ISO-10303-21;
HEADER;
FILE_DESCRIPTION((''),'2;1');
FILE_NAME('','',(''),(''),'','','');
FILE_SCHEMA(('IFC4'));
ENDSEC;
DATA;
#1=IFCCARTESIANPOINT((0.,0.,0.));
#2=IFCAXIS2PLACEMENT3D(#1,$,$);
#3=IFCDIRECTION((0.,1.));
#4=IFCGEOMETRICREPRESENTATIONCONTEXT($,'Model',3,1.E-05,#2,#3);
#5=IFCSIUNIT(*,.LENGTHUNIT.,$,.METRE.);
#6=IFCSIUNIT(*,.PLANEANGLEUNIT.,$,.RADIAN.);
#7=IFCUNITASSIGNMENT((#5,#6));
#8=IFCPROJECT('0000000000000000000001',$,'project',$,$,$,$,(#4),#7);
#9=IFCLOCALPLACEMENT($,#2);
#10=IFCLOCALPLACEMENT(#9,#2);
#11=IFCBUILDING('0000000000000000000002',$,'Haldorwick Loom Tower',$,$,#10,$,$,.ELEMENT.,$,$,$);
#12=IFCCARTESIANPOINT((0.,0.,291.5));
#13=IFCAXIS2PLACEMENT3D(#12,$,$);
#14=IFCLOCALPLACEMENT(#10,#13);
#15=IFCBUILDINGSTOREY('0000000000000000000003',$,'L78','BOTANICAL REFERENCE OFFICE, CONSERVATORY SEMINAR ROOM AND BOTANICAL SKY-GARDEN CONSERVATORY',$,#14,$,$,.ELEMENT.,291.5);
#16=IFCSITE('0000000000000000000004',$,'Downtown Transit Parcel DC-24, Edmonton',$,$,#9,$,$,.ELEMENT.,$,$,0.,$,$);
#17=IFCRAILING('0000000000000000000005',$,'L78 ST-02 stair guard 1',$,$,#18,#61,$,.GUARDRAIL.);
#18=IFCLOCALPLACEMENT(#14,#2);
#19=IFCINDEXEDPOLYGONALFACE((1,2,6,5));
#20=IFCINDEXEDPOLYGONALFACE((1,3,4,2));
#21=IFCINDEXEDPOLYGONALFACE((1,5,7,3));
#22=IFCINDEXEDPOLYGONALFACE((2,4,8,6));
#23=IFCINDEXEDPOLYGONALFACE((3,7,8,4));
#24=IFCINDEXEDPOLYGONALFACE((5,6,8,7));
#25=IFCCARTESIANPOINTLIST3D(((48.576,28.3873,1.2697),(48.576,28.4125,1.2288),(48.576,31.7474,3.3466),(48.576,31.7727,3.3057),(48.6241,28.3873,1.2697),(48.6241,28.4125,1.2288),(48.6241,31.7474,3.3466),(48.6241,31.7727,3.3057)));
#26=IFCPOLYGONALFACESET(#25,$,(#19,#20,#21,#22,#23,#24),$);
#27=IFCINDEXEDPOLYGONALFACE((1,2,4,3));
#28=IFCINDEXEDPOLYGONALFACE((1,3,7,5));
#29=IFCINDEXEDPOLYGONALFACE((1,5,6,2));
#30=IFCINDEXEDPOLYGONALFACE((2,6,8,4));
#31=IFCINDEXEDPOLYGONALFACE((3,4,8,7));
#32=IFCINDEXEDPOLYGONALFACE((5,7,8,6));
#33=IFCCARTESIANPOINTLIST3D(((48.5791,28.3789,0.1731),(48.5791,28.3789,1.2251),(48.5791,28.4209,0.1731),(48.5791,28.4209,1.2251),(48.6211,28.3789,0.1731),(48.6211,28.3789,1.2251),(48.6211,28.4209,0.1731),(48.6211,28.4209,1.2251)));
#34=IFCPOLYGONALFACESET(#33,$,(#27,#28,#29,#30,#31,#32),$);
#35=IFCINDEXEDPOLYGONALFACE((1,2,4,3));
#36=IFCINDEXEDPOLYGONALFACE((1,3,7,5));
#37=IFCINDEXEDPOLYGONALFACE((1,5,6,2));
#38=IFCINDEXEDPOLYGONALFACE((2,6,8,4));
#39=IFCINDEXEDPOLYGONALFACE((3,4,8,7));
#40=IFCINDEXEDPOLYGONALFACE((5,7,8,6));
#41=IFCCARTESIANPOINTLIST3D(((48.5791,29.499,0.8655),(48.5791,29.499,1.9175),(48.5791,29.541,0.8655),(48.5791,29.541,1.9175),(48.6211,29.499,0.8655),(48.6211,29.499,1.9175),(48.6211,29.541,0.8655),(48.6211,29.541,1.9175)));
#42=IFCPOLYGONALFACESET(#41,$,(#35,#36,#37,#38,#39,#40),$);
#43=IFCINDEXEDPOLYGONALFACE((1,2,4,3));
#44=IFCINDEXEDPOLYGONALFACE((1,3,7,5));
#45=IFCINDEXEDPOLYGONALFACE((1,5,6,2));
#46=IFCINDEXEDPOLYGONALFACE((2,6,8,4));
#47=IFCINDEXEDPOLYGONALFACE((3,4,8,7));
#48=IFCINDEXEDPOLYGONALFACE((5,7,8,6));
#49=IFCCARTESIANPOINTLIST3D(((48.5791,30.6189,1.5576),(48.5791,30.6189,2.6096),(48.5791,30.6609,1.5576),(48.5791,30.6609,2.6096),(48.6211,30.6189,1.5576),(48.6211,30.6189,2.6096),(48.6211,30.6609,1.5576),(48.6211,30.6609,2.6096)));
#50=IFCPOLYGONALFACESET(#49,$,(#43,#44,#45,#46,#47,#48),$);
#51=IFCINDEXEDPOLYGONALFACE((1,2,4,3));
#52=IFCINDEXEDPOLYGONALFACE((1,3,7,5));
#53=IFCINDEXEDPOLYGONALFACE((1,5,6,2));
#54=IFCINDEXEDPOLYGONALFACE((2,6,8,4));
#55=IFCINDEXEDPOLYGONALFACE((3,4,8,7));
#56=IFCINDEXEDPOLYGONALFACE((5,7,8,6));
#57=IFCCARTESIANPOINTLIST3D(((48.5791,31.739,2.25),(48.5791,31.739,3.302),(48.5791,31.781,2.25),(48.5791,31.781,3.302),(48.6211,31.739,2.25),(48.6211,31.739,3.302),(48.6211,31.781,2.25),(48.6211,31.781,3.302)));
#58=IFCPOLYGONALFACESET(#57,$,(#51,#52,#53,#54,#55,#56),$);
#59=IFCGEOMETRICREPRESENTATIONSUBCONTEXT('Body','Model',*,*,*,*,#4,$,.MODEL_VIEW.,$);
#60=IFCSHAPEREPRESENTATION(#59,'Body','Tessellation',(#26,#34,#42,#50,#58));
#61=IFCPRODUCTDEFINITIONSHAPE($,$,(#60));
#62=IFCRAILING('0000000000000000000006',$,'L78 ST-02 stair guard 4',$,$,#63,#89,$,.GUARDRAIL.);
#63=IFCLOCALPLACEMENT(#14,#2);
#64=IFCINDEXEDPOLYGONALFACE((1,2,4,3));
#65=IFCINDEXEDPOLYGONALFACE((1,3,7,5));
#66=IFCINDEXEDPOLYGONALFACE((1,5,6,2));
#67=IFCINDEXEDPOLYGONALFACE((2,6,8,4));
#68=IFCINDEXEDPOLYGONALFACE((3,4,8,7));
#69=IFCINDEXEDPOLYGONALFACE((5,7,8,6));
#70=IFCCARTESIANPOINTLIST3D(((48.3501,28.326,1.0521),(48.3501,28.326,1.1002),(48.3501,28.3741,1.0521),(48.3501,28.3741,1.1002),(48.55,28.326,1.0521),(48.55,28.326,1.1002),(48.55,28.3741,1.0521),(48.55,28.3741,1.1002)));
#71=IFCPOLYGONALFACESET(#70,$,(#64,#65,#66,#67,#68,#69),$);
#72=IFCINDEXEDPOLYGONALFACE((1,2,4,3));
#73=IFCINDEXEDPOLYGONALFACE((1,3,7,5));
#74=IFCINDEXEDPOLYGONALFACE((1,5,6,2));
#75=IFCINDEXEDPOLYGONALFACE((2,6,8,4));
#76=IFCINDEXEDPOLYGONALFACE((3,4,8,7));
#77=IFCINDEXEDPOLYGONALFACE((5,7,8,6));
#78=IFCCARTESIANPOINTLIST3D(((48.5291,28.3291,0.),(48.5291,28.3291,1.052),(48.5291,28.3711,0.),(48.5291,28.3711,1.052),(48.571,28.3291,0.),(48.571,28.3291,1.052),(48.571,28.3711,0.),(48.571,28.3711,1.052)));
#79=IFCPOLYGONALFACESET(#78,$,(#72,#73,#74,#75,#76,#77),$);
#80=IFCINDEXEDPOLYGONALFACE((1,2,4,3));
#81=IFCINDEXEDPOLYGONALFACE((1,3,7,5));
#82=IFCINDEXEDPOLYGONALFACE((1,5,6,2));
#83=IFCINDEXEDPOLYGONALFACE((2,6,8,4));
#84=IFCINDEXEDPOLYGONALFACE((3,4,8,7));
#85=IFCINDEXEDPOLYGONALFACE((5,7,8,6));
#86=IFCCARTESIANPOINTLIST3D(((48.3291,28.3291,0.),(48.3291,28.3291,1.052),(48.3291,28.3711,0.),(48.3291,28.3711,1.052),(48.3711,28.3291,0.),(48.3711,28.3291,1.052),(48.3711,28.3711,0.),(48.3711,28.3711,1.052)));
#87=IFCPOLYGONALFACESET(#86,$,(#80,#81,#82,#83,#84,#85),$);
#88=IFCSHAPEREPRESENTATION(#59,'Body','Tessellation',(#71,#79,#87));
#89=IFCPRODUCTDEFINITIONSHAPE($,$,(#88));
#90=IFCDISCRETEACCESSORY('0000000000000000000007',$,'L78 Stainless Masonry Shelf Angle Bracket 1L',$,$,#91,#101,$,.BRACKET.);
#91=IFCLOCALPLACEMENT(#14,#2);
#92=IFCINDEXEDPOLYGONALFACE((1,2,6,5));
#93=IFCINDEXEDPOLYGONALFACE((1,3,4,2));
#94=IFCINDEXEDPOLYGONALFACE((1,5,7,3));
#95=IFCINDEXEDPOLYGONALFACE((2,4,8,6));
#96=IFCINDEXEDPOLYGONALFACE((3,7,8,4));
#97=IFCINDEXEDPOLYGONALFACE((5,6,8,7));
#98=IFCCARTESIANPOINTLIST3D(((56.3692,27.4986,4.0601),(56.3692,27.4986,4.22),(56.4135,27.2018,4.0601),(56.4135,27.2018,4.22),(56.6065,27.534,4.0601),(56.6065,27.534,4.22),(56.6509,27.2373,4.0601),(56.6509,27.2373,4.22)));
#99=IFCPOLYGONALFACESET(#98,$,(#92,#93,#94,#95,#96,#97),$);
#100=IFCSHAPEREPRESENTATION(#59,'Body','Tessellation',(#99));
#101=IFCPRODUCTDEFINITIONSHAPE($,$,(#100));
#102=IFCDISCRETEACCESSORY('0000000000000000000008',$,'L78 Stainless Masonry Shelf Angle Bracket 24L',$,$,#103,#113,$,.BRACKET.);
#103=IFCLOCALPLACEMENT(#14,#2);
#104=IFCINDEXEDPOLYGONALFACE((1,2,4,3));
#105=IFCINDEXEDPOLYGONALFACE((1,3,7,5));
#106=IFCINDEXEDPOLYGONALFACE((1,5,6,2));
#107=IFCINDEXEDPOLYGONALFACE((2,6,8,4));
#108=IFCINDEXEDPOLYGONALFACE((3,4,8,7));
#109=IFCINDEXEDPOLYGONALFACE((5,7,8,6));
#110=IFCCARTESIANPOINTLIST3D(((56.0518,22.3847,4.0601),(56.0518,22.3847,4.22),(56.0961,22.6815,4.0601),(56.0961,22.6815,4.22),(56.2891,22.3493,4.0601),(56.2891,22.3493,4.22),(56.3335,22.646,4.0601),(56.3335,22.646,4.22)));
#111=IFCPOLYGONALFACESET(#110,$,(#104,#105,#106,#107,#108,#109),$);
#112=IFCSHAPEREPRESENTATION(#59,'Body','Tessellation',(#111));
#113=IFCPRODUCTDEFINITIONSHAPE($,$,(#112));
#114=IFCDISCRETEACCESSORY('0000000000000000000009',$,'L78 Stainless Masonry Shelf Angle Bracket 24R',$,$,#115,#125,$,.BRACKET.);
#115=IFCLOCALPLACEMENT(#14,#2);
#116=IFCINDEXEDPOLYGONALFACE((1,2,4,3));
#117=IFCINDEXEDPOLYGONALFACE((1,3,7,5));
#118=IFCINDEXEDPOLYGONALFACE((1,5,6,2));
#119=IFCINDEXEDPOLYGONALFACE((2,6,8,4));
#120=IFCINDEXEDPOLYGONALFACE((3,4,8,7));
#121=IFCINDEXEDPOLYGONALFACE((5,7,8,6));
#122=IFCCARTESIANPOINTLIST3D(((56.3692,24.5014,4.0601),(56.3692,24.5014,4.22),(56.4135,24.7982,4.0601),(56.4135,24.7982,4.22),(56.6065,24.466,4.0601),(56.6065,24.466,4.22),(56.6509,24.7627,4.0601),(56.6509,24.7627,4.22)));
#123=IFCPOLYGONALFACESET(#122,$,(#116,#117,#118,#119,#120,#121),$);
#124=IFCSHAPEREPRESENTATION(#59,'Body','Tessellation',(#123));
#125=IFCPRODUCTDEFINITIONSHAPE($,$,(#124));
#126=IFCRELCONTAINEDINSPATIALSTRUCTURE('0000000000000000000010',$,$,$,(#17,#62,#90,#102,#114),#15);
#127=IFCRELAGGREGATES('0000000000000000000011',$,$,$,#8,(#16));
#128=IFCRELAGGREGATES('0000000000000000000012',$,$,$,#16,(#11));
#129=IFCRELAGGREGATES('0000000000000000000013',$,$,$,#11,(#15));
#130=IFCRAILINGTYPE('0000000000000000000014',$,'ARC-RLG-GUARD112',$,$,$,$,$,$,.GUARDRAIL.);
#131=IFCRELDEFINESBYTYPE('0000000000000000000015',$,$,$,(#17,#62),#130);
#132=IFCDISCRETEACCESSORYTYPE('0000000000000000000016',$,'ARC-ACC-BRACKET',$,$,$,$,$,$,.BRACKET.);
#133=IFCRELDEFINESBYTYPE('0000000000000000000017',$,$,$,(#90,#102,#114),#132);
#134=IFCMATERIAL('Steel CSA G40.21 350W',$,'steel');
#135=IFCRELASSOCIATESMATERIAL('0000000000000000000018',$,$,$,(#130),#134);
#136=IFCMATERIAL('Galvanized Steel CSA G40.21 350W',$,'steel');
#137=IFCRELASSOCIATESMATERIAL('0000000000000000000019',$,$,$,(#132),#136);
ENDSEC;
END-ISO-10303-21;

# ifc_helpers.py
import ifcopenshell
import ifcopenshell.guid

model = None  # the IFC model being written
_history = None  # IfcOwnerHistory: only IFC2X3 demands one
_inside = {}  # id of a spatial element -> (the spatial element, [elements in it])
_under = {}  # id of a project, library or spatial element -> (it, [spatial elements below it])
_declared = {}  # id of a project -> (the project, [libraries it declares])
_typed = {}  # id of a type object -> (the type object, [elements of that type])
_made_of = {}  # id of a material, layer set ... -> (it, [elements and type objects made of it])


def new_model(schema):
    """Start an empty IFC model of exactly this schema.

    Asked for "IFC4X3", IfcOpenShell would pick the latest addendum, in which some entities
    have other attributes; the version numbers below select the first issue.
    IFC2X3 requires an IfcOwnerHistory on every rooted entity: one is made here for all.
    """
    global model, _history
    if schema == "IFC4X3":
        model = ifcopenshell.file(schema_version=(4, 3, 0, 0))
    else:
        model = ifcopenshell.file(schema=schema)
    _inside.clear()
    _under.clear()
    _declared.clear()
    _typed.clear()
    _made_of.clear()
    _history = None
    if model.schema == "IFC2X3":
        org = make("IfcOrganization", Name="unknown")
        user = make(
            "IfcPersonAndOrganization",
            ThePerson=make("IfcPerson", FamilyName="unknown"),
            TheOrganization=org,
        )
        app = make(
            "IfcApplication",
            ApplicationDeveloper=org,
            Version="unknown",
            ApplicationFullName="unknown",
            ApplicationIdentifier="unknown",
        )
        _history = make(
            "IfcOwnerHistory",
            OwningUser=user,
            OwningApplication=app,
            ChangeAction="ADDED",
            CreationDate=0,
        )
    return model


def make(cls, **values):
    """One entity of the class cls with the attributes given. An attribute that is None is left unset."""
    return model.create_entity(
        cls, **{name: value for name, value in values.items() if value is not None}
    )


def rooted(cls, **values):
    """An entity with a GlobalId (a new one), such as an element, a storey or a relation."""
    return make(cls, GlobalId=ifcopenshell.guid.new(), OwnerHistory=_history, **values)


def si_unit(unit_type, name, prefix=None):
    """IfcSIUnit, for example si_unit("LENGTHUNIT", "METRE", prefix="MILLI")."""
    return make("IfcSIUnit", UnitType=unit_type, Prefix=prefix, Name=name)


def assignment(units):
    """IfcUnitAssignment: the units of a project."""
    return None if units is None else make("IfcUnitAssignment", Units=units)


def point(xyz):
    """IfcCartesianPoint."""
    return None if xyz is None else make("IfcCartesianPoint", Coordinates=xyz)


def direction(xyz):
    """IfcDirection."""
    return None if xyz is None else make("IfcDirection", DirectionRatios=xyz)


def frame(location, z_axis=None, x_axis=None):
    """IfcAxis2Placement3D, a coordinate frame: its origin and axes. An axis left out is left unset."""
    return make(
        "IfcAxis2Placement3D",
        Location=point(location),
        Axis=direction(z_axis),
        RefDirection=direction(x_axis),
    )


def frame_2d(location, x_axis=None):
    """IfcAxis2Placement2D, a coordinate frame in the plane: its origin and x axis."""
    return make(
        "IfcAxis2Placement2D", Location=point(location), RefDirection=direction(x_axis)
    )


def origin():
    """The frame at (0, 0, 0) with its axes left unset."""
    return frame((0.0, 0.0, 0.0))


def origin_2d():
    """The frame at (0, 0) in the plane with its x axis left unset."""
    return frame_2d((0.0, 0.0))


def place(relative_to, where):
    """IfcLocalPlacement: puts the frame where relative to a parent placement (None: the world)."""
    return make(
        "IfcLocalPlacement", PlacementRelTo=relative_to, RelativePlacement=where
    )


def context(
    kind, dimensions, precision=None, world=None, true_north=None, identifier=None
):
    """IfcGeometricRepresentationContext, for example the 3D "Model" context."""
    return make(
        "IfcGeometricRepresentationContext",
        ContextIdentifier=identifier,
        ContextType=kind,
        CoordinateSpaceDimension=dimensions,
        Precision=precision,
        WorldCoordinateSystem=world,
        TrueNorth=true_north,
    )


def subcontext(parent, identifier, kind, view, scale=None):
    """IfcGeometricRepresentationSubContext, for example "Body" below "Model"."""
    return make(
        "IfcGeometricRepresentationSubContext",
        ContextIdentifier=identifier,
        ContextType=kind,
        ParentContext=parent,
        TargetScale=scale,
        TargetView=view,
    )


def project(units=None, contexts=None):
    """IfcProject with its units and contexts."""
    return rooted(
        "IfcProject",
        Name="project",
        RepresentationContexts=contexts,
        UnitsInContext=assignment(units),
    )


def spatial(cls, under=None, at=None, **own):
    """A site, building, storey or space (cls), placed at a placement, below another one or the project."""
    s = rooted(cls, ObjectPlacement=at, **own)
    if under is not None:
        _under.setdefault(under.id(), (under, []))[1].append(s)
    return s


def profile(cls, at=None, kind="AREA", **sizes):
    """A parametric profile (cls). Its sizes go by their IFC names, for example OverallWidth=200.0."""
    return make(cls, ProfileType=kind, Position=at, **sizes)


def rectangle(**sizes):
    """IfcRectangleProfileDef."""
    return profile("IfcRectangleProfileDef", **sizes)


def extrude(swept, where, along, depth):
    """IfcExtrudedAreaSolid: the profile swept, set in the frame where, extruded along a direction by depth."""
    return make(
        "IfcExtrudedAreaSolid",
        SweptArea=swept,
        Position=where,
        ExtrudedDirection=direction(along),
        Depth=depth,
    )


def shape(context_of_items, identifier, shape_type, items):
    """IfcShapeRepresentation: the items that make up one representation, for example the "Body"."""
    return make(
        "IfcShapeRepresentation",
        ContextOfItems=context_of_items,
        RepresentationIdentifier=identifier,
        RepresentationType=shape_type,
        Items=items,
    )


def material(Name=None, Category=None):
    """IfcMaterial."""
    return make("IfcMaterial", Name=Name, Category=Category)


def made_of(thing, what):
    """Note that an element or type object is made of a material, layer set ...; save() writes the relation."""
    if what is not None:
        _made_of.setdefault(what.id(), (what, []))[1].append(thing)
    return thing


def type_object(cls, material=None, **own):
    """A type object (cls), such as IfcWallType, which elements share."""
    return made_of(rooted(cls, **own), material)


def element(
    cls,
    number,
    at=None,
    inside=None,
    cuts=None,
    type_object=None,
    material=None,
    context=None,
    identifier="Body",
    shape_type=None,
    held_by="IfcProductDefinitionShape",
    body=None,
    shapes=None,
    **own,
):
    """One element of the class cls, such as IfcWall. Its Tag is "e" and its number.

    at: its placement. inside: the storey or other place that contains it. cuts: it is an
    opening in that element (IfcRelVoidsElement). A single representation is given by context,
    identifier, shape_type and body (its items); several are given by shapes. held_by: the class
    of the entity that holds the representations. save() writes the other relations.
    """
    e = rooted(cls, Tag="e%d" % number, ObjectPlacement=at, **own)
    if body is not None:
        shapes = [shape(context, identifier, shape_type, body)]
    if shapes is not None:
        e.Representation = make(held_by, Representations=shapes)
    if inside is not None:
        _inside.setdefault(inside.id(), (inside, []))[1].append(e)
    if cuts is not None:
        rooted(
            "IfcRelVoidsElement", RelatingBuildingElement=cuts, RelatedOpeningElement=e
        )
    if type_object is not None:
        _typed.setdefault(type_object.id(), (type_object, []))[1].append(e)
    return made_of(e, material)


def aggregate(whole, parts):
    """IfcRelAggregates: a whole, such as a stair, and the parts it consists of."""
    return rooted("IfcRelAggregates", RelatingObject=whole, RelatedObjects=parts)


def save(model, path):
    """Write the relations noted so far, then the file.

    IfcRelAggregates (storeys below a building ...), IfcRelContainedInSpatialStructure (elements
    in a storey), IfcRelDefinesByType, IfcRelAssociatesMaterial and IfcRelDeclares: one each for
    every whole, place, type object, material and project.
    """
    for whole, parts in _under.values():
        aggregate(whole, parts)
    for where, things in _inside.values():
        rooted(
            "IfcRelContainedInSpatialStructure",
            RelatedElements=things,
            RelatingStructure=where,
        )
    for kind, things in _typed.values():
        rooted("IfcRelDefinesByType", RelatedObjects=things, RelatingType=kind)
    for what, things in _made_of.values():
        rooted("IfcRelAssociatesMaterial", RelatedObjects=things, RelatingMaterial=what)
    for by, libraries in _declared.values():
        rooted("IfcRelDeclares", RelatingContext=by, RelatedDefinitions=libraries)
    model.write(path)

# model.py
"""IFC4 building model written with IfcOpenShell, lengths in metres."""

from ifc_helpers import new_model, si_unit, direction, frame, origin, origin_2d, place, context, subcontext, project, spatial, rectangle, extrude, material, type_object, element, save


model = new_model("IFC4")

# Units and contexts
model_context = context("Model", 3, precision=1e-05, world=origin(), true_north=direction((0.0, 1.0)))
body_context = subcontext(model_context, "Body", "Model", "MODEL_VIEW")
ifc_project = project(units=[si_unit("LENGTHUNIT", "METRE"), si_unit("PLANEANGLEUNIT", "RADIAN")], contexts=[model_context])

# Site, building, storey
site_placement = place(None, origin())
site = spatial("IfcSite", under=ifc_project, at=site_placement, Name="Downtown Transit Parcel DC-24, Edmonton", CompositionType="ELEMENT", RefElevation=0.0)
building_placement = place(site_placement, origin())
building = spatial("IfcBuilding", under=site, at=building_placement, Name="Haldorwick Loom Tower", CompositionType="ELEMENT")
storey_placement = place(building_placement, frame((0.0, 0.0, 291.5)))
storey = spatial("IfcBuildingStorey", under=building, at=storey_placement, Name="L78", Description="BOTANICAL REFERENCE OFFICE, CONSERVATORY SEMINAR ROOM AND BOTANICAL SKY-GARDEN CONSERVATORY", CompositionType="ELEMENT", Elevation=291.5)

# Shared definitions
ifc_material_1 = material(Name="Steel CSA G40.21 350W", Category="steel")

# Railings
railing_type = type_object("IfcRailingType", Name="ARC-RLG-GUARD112", PredefinedType="GUARDRAIL", material=ifc_material_1)
railing_1_placement = place(storey_placement, frame((48.6001, 28.3999, 0.1731)))
element("IfcRailing", 1, at=railing_1_placement, inside=storey, type_object=railing_type, Name="L78 ST-02 stair guard 1", PredefinedType="GUARDRAIL", context=body_context, shape_type="SweptSolid", body=[
    extrude(rectangle(XDim=0.0481, YDim=0.0481, at=origin_2d()), frame((0.0, 0.0, 1.0762), z_axis=(0.0, 0.850623, 0.525776), x_axis=(-1.0, 0.0, 0.0)), (0.0, 0.0, 1.0), 3.9502),
    extrude(rectangle(XDim=0.042, YDim=0.042, at=origin_2d()), origin(), (0.0, 0.0, 1.0), 1.052),
    extrude(rectangle(XDim=0.042, YDim=0.042, at=origin_2d()), frame((0.0, 1.1201, 0.6924)), (0.0, 0.0, 1.0), 1.052),
    extrude(rectangle(XDim=0.042, YDim=0.042, at=origin_2d()), frame((0.0, 2.24, 1.3845)), (0.0, 0.0, 1.0), 1.052),
    extrude(rectangle(XDim=0.042, YDim=0.042, at=origin_2d()), frame((0.0, 3.3601, 2.0769)), (0.0, 0.0, 1.0), 1.052),
])
railing_2_placement = place(storey_placement, frame((48.55, 28.3501, 0.0)))
element("IfcRailing", 2, at=railing_2_placement, inside=storey, type_object=railing_type, Name="L78 ST-02 stair guard 4", PredefinedType="GUARDRAIL", context=body_context, shape_type="SweptSolid", body=[
    extrude(rectangle(XDim=0.0481, YDim=0.0481, at=origin_2d()), frame((0.0, 0.0, 1.0762), z_axis=(-1.0, 0.0, 0.0), x_axis=(0.0, -1.0, 0.0)), (0.0, 0.0, 1.0), 0.2),
    extrude(rectangle(XDim=0.042, YDim=0.042, at=origin_2d()), origin(), (0.0, 0.0, 1.0), 1.052),
    extrude(rectangle(XDim=0.042, YDim=0.042, at=origin_2d()), frame((-0.2, 0.0, 0.0)), (0.0, 0.0, 1.0), 1.052),
])

# Discrete accessories
ifc_material_2 = material(Name="Galvanized Steel CSA G40.21 350W", Category="steel")
discrete_accessory_type = type_object("IfcDiscreteAccessoryType", Name="ARC-ACC-BRACKET", PredefinedType="BRACKET", material=ifc_material_2)
for number, where, z_axis, x_axis, name in (
    (3, (56.51, 27.3679, 4.0601), (0.0, 0.0, 1.0), (-0.147809, 0.989016, 0.0), "L78 Stainless Masonry Shelf Angle Bracket 1L"),
    (4, (56.1926, 22.5154, 4.0601), (0.0, 0.0, 1.0), (0.147809, 0.989016, 0.0), "L78 Stainless Masonry Shelf Angle Bracket 24L"),
    (5, (56.51, 24.6321, 4.0601), (0.0, 0.0, 1.0), (0.147809, 0.989016, 0.0), "L78 Stainless Masonry Shelf Angle Bracket 24R"),
):
    element("IfcDiscreteAccessory", number, at=place(storey_placement, frame(where, z_axis=z_axis, x_axis=x_axis)), inside=storey, type_object=discrete_accessory_type, Name=name, PredefinedType="BRACKET", context=body_context, shape_type="SweptSolid", body=[
        extrude(rectangle(XDim=0.3, YDim=0.24, at=origin_2d()), origin(), (0.0, 0.0, 1.0), 0.1599),
    ])

save(model, "model.ifc")
